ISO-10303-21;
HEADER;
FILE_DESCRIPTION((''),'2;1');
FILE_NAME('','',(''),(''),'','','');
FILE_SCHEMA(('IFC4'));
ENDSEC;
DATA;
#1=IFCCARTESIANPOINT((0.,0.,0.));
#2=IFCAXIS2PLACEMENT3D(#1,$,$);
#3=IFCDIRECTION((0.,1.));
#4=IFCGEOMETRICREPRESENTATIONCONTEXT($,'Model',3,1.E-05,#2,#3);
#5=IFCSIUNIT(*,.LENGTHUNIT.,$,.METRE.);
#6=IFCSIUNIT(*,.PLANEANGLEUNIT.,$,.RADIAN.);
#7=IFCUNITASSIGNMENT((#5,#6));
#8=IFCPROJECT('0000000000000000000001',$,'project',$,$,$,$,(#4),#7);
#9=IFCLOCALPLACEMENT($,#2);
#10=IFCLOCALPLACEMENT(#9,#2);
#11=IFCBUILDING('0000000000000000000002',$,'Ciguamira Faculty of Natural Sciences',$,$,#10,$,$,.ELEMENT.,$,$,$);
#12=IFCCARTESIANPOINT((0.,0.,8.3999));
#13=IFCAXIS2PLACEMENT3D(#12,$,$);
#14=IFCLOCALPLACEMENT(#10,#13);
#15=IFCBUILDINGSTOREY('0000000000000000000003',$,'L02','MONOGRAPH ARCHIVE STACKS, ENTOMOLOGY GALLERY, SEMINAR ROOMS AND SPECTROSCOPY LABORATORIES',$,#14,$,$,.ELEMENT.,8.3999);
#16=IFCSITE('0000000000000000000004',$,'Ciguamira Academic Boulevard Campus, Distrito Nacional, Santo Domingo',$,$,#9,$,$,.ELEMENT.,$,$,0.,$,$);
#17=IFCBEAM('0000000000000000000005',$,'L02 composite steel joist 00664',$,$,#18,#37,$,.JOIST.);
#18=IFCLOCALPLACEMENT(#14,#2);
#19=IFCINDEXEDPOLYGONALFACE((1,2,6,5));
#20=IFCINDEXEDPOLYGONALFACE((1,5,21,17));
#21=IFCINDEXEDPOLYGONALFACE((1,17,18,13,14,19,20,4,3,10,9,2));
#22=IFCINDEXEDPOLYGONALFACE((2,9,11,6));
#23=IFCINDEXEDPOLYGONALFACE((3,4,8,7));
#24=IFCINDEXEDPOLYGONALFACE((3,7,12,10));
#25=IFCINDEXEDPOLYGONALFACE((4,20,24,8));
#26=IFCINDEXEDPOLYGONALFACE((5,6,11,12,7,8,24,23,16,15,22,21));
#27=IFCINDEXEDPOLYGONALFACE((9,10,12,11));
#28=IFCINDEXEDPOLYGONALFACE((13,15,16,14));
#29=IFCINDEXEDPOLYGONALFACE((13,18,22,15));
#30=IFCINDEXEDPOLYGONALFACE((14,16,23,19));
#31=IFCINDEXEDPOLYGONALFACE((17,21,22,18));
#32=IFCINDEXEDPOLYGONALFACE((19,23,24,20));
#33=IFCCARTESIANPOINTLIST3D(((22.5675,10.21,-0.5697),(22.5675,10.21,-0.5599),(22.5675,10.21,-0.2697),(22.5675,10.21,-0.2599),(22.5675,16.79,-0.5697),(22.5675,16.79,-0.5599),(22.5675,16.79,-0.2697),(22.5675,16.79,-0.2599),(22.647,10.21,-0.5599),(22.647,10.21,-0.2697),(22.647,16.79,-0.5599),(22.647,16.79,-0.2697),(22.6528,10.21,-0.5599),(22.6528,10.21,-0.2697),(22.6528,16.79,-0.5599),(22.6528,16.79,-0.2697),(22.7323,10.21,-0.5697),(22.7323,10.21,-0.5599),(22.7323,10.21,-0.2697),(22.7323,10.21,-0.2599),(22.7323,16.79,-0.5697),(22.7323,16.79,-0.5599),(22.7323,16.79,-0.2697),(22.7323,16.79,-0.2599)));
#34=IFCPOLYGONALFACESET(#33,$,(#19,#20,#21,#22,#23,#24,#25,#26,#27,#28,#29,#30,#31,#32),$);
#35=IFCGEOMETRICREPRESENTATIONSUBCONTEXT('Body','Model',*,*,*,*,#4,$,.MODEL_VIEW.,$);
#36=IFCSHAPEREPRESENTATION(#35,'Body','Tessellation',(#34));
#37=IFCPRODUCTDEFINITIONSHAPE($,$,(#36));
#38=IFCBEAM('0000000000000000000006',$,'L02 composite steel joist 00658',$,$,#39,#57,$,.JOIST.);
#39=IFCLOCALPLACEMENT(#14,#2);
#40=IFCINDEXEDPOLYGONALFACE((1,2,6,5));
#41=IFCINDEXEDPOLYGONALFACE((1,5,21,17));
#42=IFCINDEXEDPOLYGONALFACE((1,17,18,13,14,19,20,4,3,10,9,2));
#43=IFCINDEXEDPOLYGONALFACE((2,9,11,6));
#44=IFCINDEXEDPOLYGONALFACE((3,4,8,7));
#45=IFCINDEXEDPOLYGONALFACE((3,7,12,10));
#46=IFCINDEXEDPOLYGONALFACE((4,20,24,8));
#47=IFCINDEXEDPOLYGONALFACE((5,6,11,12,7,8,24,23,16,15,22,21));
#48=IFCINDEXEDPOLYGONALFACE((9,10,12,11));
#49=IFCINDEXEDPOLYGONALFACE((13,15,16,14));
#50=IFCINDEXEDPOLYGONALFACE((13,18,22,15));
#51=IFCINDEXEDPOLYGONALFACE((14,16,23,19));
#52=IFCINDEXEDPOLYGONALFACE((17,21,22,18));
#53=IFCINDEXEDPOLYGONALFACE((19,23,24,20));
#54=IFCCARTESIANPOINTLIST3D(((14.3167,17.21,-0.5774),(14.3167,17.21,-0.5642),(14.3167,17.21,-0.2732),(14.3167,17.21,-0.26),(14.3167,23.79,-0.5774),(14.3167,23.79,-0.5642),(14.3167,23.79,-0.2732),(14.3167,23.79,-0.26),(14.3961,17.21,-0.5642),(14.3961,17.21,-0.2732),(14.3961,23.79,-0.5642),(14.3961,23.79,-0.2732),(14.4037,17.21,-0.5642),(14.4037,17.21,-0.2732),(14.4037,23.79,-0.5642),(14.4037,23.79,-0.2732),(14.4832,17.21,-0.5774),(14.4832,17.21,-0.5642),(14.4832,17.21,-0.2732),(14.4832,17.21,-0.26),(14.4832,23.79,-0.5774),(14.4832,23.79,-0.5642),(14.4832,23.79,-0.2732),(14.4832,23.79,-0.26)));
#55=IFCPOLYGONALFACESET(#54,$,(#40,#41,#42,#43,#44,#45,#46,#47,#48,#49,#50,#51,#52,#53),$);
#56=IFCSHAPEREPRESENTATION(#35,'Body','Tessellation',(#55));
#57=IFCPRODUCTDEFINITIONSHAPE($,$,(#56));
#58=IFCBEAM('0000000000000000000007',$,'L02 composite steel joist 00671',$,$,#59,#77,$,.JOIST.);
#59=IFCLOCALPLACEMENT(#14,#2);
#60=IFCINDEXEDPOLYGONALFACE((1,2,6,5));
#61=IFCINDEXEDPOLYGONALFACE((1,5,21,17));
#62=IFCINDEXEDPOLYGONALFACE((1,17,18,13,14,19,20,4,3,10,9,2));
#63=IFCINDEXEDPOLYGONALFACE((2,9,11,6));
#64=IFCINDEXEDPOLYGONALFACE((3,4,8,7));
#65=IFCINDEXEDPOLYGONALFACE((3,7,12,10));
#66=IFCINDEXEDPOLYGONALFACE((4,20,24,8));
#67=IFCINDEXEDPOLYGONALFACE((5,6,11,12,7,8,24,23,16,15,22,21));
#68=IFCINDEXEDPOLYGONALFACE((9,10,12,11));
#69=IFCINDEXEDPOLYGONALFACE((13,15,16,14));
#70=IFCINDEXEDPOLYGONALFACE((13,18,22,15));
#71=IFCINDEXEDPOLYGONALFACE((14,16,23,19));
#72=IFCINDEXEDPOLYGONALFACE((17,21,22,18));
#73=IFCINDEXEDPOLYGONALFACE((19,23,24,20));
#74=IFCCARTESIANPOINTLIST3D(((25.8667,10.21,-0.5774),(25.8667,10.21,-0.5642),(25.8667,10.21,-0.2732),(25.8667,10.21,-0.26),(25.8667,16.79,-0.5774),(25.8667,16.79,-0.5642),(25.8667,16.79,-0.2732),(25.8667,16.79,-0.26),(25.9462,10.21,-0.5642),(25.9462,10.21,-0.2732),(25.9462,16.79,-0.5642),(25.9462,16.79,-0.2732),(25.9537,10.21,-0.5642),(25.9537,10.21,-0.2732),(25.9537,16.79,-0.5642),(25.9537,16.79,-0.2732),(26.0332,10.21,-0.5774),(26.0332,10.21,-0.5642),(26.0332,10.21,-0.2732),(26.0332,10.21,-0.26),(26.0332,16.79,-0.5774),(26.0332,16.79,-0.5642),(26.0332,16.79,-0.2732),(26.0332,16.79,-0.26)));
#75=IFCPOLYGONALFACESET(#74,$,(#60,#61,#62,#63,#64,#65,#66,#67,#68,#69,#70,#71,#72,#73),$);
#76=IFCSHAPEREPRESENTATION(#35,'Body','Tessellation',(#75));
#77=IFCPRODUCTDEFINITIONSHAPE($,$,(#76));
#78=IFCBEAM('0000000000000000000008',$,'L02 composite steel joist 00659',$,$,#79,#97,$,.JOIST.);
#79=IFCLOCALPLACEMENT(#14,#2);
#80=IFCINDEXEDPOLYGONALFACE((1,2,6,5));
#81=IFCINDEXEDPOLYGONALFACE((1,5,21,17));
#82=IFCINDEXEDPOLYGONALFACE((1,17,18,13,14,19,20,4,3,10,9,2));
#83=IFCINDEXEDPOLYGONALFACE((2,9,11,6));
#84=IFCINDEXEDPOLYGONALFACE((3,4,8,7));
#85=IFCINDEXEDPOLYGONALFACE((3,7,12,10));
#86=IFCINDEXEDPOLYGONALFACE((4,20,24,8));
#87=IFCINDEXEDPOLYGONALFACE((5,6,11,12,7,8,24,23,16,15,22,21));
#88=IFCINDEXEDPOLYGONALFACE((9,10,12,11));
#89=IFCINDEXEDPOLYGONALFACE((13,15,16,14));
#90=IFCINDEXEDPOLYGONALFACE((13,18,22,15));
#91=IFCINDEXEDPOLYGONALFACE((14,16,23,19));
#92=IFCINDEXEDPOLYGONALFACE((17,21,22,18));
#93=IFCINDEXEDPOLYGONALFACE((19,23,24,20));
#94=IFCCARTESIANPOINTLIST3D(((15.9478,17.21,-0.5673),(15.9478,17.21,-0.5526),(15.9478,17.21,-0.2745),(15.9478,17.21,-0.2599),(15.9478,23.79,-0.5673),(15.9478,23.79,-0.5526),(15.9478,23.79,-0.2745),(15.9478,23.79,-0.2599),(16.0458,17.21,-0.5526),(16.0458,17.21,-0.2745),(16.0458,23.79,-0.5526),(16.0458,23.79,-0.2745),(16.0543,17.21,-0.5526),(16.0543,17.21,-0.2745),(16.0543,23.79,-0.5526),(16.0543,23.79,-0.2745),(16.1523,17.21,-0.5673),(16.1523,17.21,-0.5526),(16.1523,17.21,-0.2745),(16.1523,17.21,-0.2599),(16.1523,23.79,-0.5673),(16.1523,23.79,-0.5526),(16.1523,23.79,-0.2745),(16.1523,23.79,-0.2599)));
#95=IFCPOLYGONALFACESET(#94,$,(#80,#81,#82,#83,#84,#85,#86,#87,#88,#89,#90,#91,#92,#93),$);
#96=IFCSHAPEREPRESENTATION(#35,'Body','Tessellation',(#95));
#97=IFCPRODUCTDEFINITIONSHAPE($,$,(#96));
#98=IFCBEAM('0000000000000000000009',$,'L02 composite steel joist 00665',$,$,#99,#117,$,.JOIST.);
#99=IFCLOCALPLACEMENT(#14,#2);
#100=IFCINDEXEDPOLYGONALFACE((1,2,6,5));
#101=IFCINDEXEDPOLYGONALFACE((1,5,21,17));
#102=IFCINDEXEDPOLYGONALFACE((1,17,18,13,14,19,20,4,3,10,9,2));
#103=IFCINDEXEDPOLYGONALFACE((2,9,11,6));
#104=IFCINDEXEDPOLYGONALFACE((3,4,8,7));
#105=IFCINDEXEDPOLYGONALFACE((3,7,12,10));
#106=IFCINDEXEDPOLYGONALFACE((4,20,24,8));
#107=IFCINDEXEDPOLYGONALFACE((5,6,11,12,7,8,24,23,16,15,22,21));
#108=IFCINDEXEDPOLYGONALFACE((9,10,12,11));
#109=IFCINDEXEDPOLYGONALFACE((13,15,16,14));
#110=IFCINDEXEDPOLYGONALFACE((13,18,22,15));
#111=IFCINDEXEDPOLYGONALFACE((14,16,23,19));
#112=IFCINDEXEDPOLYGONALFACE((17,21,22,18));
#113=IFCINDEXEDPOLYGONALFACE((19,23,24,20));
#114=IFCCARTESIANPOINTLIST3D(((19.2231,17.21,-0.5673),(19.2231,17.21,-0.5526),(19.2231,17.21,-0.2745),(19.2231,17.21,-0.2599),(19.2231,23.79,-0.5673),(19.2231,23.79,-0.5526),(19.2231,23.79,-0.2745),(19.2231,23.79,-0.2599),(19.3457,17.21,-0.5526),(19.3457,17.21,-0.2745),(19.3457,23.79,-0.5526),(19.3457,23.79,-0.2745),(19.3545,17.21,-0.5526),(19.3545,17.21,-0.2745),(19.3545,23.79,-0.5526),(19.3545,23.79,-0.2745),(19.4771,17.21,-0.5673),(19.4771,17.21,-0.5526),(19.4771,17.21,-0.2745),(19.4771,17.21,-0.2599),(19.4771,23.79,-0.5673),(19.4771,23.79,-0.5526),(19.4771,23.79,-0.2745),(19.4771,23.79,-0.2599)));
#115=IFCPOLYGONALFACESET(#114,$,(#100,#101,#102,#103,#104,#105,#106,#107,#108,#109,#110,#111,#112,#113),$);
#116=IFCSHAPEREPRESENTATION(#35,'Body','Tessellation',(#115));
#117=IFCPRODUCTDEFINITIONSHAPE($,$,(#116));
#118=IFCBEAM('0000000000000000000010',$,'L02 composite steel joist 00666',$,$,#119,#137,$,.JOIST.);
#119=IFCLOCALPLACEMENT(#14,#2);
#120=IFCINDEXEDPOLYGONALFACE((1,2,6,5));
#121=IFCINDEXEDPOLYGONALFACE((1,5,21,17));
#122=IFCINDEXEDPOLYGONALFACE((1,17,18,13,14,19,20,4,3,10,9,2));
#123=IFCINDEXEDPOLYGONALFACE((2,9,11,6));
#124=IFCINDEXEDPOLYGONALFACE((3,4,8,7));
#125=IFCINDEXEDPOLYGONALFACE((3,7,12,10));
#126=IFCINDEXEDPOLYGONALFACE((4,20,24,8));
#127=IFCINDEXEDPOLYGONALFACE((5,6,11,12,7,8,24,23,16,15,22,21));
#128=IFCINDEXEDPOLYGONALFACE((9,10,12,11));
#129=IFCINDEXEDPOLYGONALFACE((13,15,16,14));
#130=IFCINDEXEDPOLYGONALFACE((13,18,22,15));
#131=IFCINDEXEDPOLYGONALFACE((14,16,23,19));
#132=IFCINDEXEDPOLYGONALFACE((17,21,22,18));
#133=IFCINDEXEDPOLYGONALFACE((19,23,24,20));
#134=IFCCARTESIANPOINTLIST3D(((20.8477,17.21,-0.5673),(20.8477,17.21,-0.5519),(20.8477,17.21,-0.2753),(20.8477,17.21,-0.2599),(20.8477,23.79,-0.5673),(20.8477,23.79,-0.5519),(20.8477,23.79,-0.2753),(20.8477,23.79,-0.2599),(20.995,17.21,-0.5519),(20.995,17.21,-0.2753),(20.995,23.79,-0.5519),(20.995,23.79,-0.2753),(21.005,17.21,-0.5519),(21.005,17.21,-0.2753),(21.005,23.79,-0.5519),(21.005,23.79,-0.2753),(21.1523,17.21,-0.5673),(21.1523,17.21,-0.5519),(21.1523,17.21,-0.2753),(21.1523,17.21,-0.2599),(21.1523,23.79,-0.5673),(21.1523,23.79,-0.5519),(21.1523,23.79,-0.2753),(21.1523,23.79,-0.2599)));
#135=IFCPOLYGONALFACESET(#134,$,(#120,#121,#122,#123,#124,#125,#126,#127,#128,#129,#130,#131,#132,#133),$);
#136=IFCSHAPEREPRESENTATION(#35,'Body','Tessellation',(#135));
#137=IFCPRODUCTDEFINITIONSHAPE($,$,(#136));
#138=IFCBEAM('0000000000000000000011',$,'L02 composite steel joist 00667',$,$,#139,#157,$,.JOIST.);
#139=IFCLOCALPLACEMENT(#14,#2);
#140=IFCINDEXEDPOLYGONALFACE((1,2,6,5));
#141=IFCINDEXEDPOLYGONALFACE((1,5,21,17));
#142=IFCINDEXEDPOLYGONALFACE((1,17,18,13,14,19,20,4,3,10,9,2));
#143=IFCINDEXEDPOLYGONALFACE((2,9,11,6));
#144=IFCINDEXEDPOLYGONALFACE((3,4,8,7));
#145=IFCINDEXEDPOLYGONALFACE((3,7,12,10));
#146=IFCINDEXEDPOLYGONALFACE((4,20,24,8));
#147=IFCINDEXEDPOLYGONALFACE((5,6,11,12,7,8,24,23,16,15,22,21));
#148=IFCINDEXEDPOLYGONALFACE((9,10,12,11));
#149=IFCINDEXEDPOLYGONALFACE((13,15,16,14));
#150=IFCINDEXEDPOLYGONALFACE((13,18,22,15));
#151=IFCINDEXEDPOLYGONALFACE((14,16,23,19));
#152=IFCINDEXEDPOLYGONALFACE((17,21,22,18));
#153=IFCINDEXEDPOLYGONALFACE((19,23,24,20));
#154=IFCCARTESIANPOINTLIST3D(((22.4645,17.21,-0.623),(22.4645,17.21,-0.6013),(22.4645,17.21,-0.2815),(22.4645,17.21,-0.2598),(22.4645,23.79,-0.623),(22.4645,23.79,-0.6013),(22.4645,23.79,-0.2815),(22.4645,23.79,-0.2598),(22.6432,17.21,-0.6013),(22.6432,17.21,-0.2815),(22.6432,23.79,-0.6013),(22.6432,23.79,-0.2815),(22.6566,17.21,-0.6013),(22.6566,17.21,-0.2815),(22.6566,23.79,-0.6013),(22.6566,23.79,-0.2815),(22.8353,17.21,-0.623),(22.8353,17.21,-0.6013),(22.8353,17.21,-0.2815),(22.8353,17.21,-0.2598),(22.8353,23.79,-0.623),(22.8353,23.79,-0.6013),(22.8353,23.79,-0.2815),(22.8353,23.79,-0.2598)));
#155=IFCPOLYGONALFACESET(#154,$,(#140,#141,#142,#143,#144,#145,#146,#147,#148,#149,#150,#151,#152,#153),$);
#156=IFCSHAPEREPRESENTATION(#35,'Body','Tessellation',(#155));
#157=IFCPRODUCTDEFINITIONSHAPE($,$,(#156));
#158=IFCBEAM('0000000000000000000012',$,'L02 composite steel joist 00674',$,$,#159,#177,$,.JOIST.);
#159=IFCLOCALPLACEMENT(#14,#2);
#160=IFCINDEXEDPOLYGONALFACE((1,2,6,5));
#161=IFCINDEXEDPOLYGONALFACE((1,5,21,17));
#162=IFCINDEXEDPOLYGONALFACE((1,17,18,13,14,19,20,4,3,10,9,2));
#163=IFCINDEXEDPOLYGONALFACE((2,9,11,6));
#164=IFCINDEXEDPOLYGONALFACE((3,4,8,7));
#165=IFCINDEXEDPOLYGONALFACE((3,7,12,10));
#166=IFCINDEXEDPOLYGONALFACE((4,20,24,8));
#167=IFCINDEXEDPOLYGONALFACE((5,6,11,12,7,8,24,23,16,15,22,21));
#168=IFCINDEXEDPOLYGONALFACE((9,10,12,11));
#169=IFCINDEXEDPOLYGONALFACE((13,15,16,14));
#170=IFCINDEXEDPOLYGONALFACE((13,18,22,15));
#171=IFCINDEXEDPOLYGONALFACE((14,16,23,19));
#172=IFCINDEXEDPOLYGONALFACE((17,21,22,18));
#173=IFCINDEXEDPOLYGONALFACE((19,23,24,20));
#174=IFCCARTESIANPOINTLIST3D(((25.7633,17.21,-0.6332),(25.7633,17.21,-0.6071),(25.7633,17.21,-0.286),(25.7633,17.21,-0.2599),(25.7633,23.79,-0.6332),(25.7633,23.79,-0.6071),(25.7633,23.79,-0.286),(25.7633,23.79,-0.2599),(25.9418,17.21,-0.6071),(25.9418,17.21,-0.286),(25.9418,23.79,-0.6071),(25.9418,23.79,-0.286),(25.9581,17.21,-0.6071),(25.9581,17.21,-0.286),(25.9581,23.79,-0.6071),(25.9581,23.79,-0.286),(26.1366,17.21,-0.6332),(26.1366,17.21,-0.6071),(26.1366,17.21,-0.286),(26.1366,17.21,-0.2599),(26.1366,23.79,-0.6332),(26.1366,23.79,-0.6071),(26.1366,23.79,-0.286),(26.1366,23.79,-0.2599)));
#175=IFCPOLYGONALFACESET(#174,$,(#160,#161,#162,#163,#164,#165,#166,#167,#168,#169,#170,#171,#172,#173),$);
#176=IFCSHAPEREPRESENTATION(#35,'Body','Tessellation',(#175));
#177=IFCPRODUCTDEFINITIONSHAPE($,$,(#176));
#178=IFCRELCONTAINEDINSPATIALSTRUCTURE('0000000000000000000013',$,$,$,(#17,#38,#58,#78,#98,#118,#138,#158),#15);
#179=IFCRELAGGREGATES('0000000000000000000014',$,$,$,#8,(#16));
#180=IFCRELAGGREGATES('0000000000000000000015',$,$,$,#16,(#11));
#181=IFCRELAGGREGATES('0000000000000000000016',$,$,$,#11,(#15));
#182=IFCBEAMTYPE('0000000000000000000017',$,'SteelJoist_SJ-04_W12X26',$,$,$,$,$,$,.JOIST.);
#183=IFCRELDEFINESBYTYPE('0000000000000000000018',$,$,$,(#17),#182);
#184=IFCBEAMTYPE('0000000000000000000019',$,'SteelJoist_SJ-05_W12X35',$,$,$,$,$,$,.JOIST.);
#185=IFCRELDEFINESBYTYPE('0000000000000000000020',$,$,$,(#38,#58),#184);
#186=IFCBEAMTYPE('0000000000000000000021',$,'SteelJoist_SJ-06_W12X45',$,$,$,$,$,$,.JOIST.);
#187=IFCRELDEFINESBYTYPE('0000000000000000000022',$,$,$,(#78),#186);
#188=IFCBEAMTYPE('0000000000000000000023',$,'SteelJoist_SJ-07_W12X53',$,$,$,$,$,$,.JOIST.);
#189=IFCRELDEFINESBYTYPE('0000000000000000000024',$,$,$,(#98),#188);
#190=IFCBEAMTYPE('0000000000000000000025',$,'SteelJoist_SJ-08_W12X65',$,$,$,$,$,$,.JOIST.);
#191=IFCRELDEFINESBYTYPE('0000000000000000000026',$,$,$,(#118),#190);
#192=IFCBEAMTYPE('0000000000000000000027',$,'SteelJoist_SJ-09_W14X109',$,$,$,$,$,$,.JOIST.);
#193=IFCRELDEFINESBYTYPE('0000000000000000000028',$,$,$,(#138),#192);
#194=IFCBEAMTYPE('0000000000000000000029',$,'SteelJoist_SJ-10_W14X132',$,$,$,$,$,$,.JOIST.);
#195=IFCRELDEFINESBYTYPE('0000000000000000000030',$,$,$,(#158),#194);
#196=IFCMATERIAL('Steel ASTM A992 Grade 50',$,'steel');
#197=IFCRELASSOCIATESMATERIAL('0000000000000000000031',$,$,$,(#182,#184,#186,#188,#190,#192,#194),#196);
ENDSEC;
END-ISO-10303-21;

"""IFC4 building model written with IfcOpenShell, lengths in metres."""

from ifc_helpers import new_model, si_unit, direction, frame, origin, origin_2d, place, context, subcontext, project, spatial, i_section, extrude, material, material_profile, profile_set, type_object, element, save


model = new_model("IFC4")

# Units and contexts
model_context = context("Model", 3, precision=1e-05, world=origin(), true_north=direction((0.0, 1.0)))
body_context = subcontext(model_context, "Body", "Model", "MODEL_VIEW")
ifc_project = project(units=[si_unit("LENGTHUNIT", "METRE"), si_unit("PLANEANGLEUNIT", "RADIAN")], contexts=[model_context])

# Site, building, storey
site_placement = place(None, origin())
site = spatial("IfcSite", under=ifc_project, at=site_placement, Name="Ciguamira Academic Boulevard Campus, Distrito Nacional, Santo Domingo", CompositionType="ELEMENT", RefElevation=0.0)
building_placement = place(site_placement, origin())
building = spatial("IfcBuilding", under=site, at=building_placement, Name="Ciguamira Faculty of Natural Sciences", CompositionType="ELEMENT")
storey_placement = place(building_placement, frame((0.0, 0.0, 8.3999)))
storey = spatial("IfcBuildingStorey", under=building, at=storey_placement, Name="L02", Description="MONOGRAPH ARCHIVE STACKS, ENTOMOLOGY GALLERY, SEMINAR ROOMS AND SPECTROSCOPY LABORATORIES", CompositionType="ELEMENT", Elevation=8.3999)

# Beams
ifc_material_1 = material(Name="Steel ASTM A992 Grade 50", Category="steel")
ifc_material_profile_1 = material_profile(ifc_material_1, i_section(OverallWidth=0.1648, OverallDepth=0.3098, WebThickness=0.0059, FlangeThickness=0.0098, at=origin_2d()), Name="W12X26")
ifc_profile_set_1 = profile_set([ifc_material_profile_1], Name="Steel ASTM A992 Grade 50")
beam_type_1 = type_object("IfcBeamType", Name="SteelJoist_SJ-04_W12X26", PredefinedType="JOIST", material=ifc_profile_set_1)
beam_1_placement = place(storey_placement, frame((22.6499, 10.21, -0.4148), z_axis=(0.0, 1.0, 0.0), x_axis=(-1.0, 0.0, 0.0)))
element("IfcBeam", 1, at=beam_1_placement, inside=storey, type_object=beam_type_1, Name="L02 composite steel joist 00664", PredefinedType="JOIST", context=body_context, shape_type="SweptSolid", body=[
    extrude(i_section(OverallWidth=0.1648, OverallDepth=0.3098, WebThickness=0.0059, FlangeThickness=0.0098, at=origin_2d()), origin(), (0.0, 0.0, 1.0), 6.5801),
])
ifc_material_profile_2 = material_profile(ifc_material_1, i_section(OverallWidth=0.1665, OverallDepth=0.3174, WebThickness=0.0076, FlangeThickness=0.0132, at=origin_2d()), Name="W12X35")
ifc_profile_set_2 = profile_set([ifc_material_profile_2], Name="Steel ASTM A992 Grade 50")
beam_type_2 = type_object("IfcBeamType", Name="SteelJoist_SJ-05_W12X35", PredefinedType="JOIST", material=ifc_profile_set_2)
for number, where, z_axis, x_axis, name in (
    (2, (14.3999, 17.21, -0.4187), (0.0, 1.0, 0.0), (-1.0, 0.0, 0.0), "L02 composite steel joist 00658"),
    (3, (25.95, 10.21, -0.4187), (0.0, 1.0, 0.0), (-1.0, 0.0, 0.0), "L02 composite steel joist 00671"),
):
    element("IfcBeam", number, at=place(storey_placement, frame(where, z_axis=z_axis, x_axis=x_axis)), inside=storey, type_object=beam_type_2, Name=name, PredefinedType="JOIST", context=body_context, shape_type="SweptSolid", body=[
        extrude(i_section(OverallWidth=0.1665, OverallDepth=0.3174, WebThickness=0.0076, FlangeThickness=0.0132, at=origin_2d()), origin(), (0.0, 0.0, 1.0), 6.5801),
    ])
ifc_material_profile_3 = material_profile(ifc_material_1, i_section(OverallWidth=0.2046, OverallDepth=0.3074, WebThickness=0.0085, FlangeThickness=0.0146, at=origin_2d()), Name="W12X45")
ifc_profile_set_3 = profile_set([ifc_material_profile_3], Name="Steel ASTM A992 Grade 50")
beam_type_3 = type_object("IfcBeamType", Name="SteelJoist_SJ-06_W12X45", PredefinedType="JOIST", material=ifc_profile_set_3)
beam_2_placement = place(storey_placement, frame((16.05, 17.21, -0.4136), z_axis=(0.0, 1.0, 0.0), x_axis=(-1.0, 0.0, 0.0)))
element("IfcBeam", 4, at=beam_2_placement, inside=storey, type_object=beam_type_3, Name="L02 composite steel joist 00659", PredefinedType="JOIST", context=body_context, shape_type="SweptSolid", body=[
    extrude(i_section(OverallWidth=0.2046, OverallDepth=0.3074, WebThickness=0.0085, FlangeThickness=0.0146, at=origin_2d()), origin(), (0.0, 0.0, 1.0), 6.5801),
])
ifc_material_profile_4 = material_profile(ifc_material_1, i_section(OverallWidth=0.2539, OverallDepth=0.3074, WebThickness=0.0088, FlangeThickness=0.0146, at=origin_2d()), Name="W12X53")
ifc_profile_set_4 = profile_set([ifc_material_profile_4], Name="Steel ASTM A992 Grade 50")
beam_type_4 = type_object("IfcBeamType", Name="SteelJoist_SJ-07_W12X53", PredefinedType="JOIST", material=ifc_profile_set_4)
beam_3_placement = place(storey_placement, frame((19.3501, 17.21, -0.4136), z_axis=(0.0, 1.0, 0.0), x_axis=(-1.0, 0.0, 0.0)))
element("IfcBeam", 5, at=beam_3_placement, inside=storey, type_object=beam_type_4, Name="L02 composite steel joist 00665", PredefinedType="JOIST", context=body_context, shape_type="SweptSolid", body=[
    extrude(i_section(OverallWidth=0.2539, OverallDepth=0.3074, WebThickness=0.0088, FlangeThickness=0.0146, at=origin_2d()), origin(), (0.0, 0.0, 1.0), 6.5801),
])
ifc_material_profile_5 = material_profile(ifc_material_1, i_section(OverallWidth=0.3047, OverallDepth=0.3074, WebThickness=0.01, FlangeThickness=0.0154, at=origin_2d()), Name="W12X65")
ifc_profile_set_5 = profile_set([ifc_material_profile_5], Name="Steel ASTM A992 Grade 50")
beam_type_5 = type_object("IfcBeamType", Name="SteelJoist_SJ-08_W12X65", PredefinedType="JOIST", material=ifc_profile_set_5)
beam_4_placement = place(storey_placement, frame((21.0, 17.21, -0.4136), z_axis=(0.0, 1.0, 0.0), x_axis=(-1.0, 0.0, 0.0)))
element("IfcBeam", 6, at=beam_4_placement, inside=storey, type_object=beam_type_5, Name="L02 composite steel joist 00666", PredefinedType="JOIST", context=body_context, shape_type="SweptSolid", body=[
    extrude(i_section(OverallWidth=0.3047, OverallDepth=0.3074, WebThickness=0.01, FlangeThickness=0.0154, at=origin_2d()), origin(), (0.0, 0.0, 1.0), 6.5801),
])
ifc_material_profile_6 = material_profile(ifc_material_1, i_section(OverallWidth=0.3708, OverallDepth=0.3633, WebThickness=0.0134, FlangeThickness=0.0217, at=origin_2d()), Name="W14X109")
ifc_profile_set_6 = profile_set([ifc_material_profile_6], Name="Steel ASTM A992 Grade 50")
beam_type_6 = type_object("IfcBeamType", Name="SteelJoist_SJ-09_W14X109", PredefinedType="JOIST", material=ifc_profile_set_6)
beam_5_placement = place(storey_placement, frame((22.6499, 17.21, -0.4414), z_axis=(0.0, 1.0, 0.0), x_axis=(-1.0, 0.0, 0.0)))
element("IfcBeam", 7, at=beam_5_placement, inside=storey, type_object=beam_type_6, Name="L02 composite steel joist 00667", PredefinedType="JOIST", context=body_context, shape_type="SweptSolid", body=[
    extrude(i_section(OverallWidth=0.3708, OverallDepth=0.3633, WebThickness=0.0134, FlangeThickness=0.0217, at=origin_2d()), origin(), (0.0, 0.0, 1.0), 6.5801),
])
ifc_material_profile_7 = material_profile(ifc_material_1, i_section(OverallWidth=0.3733, OverallDepth=0.3733, WebThickness=0.0164, FlangeThickness=0.0261, at=origin_2d()), Name="W14X132")
ifc_profile_set_7 = profile_set([ifc_material_profile_7], Name="Steel ASTM A992 Grade 50")
beam_type_7 = type_object("IfcBeamType", Name="SteelJoist_SJ-10_W14X132", PredefinedType="JOIST", material=ifc_profile_set_7)
beam_6_placement = place(storey_placement, frame((25.95, 17.21, -0.4465), z_axis=(0.0, 1.0, 0.0), x_axis=(-1.0, 0.0, 0.0)))
element("IfcBeam", 8, at=beam_6_placement, inside=storey, type_object=beam_type_7, Name="L02 composite steel joist 00674", PredefinedType="JOIST", context=body_context, shape_type="SweptSolid", body=[
    extrude(i_section(OverallWidth=0.3733, OverallDepth=0.3733, WebThickness=0.0164, FlangeThickness=0.0261, at=origin_2d()), origin(), (0.0, 0.0, 1.0), 6.5801),
])

save(model, "model.ifc")
